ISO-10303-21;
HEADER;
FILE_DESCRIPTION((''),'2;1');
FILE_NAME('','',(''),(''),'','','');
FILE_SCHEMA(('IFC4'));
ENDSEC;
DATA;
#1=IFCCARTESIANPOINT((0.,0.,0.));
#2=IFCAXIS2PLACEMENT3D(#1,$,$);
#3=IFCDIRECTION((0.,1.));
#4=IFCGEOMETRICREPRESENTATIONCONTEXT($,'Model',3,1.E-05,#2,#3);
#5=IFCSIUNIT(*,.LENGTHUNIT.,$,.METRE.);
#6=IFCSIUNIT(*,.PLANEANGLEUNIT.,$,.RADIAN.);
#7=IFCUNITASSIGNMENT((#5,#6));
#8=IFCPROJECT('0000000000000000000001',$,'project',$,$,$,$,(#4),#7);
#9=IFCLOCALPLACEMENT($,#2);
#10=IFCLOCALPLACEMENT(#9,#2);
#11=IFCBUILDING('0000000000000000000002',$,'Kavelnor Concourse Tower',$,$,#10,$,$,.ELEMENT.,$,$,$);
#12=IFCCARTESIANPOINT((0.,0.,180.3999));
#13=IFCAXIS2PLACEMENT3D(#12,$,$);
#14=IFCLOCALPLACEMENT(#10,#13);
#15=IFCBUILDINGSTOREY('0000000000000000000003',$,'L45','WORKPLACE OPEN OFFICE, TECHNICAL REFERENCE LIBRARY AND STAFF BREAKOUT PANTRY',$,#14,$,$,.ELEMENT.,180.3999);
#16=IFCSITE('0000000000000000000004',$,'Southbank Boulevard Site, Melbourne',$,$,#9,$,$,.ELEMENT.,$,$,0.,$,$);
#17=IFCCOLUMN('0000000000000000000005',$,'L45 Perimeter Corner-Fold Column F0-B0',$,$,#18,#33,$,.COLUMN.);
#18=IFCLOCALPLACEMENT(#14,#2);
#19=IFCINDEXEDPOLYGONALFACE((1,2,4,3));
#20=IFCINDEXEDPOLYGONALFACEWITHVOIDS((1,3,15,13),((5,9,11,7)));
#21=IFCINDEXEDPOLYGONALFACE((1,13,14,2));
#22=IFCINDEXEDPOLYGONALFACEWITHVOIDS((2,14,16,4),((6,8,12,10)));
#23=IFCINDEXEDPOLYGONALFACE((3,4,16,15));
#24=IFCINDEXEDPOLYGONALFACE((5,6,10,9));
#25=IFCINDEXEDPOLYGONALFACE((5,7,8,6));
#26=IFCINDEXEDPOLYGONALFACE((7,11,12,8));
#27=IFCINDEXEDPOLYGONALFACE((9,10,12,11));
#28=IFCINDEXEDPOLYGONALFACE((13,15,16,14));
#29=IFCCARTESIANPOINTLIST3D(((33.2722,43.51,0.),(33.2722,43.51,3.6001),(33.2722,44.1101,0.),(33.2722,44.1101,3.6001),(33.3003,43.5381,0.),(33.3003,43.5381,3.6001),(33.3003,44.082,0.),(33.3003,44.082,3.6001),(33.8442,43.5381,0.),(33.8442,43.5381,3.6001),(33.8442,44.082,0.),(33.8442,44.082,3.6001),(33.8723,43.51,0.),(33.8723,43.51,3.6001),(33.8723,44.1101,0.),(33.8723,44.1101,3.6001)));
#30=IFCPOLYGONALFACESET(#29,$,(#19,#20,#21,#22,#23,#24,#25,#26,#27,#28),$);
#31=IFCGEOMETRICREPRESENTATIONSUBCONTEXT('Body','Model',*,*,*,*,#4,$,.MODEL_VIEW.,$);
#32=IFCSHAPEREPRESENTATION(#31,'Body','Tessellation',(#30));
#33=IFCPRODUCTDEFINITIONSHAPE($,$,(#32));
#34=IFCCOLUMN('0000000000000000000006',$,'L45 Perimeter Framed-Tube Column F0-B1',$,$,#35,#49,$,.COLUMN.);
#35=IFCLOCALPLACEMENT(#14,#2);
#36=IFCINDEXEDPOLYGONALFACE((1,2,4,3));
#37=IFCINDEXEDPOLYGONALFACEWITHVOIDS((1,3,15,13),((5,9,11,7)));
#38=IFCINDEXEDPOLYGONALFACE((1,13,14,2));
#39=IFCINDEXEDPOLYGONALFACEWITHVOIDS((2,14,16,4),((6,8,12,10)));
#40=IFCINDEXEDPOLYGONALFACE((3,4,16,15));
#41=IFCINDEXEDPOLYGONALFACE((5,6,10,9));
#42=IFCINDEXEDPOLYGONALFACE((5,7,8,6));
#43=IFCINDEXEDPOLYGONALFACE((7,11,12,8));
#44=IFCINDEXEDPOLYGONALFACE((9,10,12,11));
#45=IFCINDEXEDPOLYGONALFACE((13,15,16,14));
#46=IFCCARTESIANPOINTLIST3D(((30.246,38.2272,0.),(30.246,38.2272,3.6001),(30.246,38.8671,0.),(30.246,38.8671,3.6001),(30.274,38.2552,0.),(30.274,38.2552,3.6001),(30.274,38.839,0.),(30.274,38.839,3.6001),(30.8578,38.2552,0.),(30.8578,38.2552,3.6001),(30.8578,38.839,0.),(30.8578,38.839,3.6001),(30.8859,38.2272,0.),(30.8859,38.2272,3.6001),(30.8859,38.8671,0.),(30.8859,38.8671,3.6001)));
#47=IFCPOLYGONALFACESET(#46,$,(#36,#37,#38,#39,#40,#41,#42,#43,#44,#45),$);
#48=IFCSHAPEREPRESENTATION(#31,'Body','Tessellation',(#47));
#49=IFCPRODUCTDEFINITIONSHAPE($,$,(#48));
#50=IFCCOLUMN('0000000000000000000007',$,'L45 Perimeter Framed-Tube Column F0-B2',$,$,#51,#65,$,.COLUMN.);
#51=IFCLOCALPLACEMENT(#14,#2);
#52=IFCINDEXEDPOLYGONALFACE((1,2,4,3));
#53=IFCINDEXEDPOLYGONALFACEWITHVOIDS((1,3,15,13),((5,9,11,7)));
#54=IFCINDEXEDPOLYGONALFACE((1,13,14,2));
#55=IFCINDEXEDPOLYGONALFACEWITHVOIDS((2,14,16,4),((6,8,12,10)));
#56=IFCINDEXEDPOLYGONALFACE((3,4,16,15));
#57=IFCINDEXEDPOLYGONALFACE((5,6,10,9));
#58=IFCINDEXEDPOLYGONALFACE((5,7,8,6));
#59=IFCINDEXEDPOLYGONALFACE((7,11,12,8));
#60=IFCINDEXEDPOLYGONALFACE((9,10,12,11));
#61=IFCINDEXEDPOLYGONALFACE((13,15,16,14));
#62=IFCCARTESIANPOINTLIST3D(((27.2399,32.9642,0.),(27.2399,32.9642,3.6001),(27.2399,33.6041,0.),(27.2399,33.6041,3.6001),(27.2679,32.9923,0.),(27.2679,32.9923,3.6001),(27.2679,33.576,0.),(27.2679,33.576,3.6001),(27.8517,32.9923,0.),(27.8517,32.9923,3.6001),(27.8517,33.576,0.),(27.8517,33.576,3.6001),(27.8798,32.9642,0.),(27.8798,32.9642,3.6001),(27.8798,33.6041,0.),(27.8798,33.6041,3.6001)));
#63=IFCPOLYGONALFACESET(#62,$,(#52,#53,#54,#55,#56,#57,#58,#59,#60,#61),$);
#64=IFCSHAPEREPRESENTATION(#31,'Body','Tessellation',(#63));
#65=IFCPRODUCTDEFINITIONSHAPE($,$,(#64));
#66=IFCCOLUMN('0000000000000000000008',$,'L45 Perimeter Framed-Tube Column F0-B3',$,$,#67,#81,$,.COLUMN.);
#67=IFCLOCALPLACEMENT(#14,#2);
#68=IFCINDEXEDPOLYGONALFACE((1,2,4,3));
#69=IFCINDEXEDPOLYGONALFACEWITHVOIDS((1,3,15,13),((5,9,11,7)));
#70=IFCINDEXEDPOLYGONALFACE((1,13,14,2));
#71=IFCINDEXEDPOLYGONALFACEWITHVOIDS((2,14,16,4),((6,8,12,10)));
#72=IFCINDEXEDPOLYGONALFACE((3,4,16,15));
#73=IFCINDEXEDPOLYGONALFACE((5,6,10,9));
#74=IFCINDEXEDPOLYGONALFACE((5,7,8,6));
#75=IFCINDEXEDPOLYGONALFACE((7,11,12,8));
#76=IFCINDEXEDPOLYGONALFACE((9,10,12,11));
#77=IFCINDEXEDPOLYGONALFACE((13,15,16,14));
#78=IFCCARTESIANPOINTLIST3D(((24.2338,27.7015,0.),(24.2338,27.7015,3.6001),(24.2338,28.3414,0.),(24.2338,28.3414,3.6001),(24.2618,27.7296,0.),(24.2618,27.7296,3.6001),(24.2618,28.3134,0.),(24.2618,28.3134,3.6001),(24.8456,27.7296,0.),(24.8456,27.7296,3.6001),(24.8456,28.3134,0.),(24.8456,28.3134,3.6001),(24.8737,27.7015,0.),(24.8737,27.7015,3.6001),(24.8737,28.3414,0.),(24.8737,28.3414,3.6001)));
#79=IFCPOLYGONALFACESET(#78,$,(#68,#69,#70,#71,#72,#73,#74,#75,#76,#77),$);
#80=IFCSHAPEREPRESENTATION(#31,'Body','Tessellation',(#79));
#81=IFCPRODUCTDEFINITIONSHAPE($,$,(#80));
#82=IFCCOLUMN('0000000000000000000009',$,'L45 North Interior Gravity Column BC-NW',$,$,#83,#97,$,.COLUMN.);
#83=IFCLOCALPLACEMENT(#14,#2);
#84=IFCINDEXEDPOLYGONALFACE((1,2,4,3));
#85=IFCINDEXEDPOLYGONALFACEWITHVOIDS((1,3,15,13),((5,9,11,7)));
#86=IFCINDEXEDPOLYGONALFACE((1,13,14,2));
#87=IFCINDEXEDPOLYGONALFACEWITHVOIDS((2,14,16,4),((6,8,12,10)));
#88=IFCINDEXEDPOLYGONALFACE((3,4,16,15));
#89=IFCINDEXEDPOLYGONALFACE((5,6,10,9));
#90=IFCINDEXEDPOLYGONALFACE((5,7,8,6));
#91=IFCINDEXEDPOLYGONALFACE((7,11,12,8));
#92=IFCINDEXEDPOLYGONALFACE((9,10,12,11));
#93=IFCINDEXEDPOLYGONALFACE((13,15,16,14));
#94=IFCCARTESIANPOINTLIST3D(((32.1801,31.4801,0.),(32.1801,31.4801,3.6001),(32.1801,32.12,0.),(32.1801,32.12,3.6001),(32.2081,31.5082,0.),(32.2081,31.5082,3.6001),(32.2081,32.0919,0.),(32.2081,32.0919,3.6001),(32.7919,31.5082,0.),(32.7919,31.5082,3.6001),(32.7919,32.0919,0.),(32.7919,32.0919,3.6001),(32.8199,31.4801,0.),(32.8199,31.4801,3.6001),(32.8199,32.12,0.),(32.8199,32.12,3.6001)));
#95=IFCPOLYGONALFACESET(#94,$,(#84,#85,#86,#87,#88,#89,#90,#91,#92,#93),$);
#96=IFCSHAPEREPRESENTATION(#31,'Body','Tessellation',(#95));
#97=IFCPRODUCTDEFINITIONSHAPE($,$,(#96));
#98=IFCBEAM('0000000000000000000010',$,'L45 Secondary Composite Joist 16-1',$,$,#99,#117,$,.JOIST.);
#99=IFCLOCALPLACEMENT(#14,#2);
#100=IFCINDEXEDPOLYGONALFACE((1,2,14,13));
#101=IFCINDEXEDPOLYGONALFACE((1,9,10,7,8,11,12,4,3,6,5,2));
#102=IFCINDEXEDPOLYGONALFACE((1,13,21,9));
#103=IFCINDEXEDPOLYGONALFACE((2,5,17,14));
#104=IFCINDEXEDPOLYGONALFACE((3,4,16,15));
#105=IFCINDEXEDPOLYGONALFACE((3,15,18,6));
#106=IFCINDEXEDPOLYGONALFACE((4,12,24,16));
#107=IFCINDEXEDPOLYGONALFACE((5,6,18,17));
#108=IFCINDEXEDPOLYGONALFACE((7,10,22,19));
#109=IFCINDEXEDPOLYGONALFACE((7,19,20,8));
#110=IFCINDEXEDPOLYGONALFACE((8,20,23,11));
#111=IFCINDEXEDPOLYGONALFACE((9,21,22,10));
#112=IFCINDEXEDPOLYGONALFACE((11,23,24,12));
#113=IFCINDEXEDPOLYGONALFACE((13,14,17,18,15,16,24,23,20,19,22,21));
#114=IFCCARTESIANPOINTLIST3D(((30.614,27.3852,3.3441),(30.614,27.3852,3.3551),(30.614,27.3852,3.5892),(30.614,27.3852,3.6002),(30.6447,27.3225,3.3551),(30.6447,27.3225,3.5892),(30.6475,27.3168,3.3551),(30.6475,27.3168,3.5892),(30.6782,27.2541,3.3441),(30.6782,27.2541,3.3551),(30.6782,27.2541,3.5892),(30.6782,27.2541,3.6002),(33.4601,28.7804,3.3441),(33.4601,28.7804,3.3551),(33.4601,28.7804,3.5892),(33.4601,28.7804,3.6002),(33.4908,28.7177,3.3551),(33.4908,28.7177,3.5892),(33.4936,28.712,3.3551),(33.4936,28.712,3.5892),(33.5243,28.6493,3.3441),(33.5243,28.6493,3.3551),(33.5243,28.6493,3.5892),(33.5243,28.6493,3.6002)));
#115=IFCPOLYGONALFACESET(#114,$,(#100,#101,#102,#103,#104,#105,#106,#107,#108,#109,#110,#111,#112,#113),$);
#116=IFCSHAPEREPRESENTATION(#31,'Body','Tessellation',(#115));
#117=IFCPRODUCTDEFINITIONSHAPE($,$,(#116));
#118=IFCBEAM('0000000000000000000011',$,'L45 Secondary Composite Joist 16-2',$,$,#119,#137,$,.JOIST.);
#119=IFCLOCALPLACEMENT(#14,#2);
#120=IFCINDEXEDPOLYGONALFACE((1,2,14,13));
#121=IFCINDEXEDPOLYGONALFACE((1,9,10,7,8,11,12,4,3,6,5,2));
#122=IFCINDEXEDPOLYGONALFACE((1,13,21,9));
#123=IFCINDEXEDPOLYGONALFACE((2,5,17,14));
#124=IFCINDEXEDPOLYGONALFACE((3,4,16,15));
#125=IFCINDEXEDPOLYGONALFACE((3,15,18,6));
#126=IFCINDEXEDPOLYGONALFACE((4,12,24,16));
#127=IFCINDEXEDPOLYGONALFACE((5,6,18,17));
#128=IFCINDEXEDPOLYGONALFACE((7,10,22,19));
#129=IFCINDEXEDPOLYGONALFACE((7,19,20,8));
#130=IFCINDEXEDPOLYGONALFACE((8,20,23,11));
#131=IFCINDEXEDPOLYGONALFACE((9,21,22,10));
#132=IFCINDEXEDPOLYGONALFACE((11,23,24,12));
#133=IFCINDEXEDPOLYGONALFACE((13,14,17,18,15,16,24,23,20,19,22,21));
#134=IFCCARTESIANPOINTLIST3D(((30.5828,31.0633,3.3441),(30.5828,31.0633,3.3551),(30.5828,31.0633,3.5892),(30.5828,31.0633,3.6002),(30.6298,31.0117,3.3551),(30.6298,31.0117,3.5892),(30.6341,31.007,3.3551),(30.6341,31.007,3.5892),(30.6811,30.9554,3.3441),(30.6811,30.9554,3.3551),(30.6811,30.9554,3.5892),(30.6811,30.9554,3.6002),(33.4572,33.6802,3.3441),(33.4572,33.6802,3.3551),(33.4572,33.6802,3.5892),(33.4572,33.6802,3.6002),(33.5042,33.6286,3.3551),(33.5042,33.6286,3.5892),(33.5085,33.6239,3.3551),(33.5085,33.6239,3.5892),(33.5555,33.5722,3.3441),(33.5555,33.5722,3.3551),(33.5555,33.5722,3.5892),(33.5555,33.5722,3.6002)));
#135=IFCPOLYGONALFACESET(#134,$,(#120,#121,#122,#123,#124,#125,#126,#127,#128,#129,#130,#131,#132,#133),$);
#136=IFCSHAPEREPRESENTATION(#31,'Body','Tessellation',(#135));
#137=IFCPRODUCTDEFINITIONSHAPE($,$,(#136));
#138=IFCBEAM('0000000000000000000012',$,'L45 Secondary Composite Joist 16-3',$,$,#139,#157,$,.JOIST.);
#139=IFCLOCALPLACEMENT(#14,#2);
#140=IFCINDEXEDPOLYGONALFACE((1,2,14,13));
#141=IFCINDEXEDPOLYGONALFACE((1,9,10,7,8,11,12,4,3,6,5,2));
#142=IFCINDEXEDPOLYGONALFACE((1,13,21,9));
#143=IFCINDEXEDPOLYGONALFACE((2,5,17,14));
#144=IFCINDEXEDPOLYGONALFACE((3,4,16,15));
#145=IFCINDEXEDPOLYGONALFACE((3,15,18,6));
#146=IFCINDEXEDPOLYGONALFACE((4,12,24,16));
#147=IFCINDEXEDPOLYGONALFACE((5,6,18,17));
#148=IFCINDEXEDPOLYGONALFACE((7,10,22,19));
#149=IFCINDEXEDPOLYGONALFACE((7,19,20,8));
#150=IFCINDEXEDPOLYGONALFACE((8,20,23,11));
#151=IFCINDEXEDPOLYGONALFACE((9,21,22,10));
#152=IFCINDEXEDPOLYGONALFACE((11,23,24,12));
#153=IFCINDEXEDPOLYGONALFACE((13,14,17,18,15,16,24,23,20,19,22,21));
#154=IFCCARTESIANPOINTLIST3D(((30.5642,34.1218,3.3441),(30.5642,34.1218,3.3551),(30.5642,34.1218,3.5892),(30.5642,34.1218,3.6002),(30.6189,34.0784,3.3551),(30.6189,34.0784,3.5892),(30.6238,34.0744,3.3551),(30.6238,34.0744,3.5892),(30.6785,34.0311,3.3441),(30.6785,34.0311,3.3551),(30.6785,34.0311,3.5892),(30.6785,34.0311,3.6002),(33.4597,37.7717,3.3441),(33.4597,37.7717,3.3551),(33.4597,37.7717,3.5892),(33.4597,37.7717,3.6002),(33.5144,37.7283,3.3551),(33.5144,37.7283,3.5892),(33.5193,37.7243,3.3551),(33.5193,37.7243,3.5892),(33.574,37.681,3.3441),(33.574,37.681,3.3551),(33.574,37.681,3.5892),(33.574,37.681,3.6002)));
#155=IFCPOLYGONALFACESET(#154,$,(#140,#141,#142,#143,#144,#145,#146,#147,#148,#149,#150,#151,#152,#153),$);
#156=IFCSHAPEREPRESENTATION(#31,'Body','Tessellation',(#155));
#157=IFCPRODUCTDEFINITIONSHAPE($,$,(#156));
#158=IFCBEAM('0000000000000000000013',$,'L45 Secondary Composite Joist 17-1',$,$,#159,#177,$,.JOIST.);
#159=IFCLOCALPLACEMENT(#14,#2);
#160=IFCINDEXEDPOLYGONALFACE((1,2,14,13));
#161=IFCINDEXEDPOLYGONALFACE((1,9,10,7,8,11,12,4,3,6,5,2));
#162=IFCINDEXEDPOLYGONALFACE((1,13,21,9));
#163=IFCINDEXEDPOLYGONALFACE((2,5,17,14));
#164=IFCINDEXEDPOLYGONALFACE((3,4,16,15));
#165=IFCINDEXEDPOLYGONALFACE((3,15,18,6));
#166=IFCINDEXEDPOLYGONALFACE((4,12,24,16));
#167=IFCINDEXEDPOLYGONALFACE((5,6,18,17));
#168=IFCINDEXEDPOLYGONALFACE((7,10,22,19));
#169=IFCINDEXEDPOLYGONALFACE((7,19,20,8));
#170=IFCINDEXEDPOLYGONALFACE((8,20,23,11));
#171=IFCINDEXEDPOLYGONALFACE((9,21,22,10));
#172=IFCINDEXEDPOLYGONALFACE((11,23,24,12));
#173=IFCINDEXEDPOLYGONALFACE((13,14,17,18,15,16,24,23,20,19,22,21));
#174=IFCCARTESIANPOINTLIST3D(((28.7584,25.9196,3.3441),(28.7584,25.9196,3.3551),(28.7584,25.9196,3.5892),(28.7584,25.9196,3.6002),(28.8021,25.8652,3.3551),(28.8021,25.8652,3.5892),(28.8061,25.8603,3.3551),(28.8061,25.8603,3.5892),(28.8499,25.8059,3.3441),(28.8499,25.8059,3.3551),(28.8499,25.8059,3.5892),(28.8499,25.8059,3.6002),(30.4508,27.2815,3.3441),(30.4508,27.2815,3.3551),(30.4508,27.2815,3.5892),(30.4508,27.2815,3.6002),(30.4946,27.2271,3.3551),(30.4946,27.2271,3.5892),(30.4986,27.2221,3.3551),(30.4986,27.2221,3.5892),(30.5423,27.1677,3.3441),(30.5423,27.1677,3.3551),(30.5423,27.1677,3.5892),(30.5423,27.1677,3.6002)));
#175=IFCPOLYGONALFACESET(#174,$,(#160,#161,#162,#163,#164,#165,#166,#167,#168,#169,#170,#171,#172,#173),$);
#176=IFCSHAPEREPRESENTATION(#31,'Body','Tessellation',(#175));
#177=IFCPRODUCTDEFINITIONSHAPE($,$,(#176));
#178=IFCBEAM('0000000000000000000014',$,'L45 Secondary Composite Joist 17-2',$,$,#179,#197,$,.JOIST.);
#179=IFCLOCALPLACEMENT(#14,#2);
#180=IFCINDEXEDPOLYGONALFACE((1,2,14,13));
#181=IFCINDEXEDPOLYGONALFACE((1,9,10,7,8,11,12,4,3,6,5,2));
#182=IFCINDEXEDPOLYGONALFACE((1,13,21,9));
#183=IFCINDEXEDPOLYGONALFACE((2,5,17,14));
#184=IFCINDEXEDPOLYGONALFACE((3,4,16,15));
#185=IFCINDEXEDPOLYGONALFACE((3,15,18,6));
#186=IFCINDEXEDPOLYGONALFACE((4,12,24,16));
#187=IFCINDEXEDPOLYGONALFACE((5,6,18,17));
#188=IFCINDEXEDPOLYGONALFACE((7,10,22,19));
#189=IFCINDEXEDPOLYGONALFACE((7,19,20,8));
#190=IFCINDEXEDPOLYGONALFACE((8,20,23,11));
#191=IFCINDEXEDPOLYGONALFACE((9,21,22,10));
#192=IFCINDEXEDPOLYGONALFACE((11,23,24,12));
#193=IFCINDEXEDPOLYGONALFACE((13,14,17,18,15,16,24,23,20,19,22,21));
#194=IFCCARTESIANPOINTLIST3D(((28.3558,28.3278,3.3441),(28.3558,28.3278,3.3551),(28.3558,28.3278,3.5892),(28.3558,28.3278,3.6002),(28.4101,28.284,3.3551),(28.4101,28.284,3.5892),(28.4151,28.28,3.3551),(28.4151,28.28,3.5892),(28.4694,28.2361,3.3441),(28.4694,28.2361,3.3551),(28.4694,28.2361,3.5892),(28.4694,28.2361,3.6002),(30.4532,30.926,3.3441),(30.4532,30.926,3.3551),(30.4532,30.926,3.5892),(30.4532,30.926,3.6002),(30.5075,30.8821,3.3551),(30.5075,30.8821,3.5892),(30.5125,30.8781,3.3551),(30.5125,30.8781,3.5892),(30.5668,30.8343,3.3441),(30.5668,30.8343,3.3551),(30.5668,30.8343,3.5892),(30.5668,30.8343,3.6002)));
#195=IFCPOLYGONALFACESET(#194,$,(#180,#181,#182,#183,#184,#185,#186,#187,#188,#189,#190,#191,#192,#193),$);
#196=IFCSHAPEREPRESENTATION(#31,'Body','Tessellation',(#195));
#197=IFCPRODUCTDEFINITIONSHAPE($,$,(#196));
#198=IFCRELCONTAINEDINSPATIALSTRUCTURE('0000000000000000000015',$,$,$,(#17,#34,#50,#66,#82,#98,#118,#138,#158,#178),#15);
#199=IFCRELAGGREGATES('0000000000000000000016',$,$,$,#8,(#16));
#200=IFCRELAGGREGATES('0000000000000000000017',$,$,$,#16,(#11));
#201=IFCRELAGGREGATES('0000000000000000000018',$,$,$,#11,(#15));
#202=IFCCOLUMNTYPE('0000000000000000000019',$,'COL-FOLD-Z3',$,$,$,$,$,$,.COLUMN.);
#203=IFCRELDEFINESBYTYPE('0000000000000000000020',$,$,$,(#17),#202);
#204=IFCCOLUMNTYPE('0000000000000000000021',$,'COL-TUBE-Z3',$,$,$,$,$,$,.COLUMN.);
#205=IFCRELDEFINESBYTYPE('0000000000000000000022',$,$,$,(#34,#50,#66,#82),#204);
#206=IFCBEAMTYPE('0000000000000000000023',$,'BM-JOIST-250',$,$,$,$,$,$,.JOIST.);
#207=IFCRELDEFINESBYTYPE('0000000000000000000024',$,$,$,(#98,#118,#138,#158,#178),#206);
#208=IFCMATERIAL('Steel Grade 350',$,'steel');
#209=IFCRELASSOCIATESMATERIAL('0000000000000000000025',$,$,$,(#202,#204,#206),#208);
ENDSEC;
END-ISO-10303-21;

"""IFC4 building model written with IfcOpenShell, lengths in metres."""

from ifc_helpers import new_model, si_unit, direction, frame, origin, origin_2d, place, context, subcontext, project, spatial, hollow_rectangle, i_section, extrude, material, material_profile, profile_set, type_object, element, save


model = new_model("IFC4")

# Units and contexts
model_context = context("Model", 3, precision=1e-05, world=origin(), true_north=direction((0.0, 1.0)))
body_context = subcontext(model_context, "Body", "Model", "MODEL_VIEW")
ifc_project = project(units=[si_unit("LENGTHUNIT", "METRE"), si_unit("PLANEANGLEUNIT", "RADIAN")], contexts=[model_context])

# Site, building, storey
site_placement = place(None, origin())
site = spatial("IfcSite", under=ifc_project, at=site_placement, Name="Southbank Boulevard Site, Melbourne", CompositionType="ELEMENT", RefElevation=0.0)
building_placement = place(site_placement, origin())
building = spatial("IfcBuilding", under=site, at=building_placement, Name="Kavelnor Concourse Tower", CompositionType="ELEMENT")
storey_placement = place(building_placement, frame((0.0, 0.0, 180.3999)))
storey = spatial("IfcBuildingStorey", under=building, at=storey_placement, Name="L45", Description="WORKPLACE OPEN OFFICE, TECHNICAL REFERENCE LIBRARY AND STAFF BREAKOUT PANTRY", CompositionType="ELEMENT", Elevation=180.3999)

# Columns
ifc_material_1 = material(Name="Steel Grade 350", Category="steel")
ifc_material_profile_1 = material_profile(ifc_material_1, hollow_rectangle(XDim=0.6001, YDim=0.6001, WallThickness=0.0281, at=origin_2d()), Name="SHS 600x600x28")
ifc_profile_set_1 = profile_set([ifc_material_profile_1], Name="Steel Grade 350")
column_type_1 = type_object("IfcColumnType", Name="COL-FOLD-Z3", PredefinedType="COLUMN", material=ifc_profile_set_1)
column_placement = place(storey_placement, frame((33.5723, 43.8101, 0.0), z_axis=(0.0, 0.0, 1.0), x_axis=(1.0, 0.0, 0.0)))
element("IfcColumn", 1, at=column_placement, inside=storey, type_object=column_type_1, Name="L45 Perimeter Corner-Fold Column F0-B0", PredefinedType="COLUMN", context=body_context, shape_type="SweptSolid", body=[
    extrude(hollow_rectangle(XDim=0.6001, YDim=0.6001, WallThickness=0.0281, at=origin_2d()), origin(), (0.0, 0.0, 1.0), 3.6001),
])
ifc_material_profile_2 = material_profile(ifc_material_1, hollow_rectangle(XDim=0.6399, YDim=0.6399, WallThickness=0.0281, at=origin_2d()), Name="SHS 640x640x28")
ifc_profile_set_2 = profile_set([ifc_material_profile_2], Name="Steel Grade 350")
column_type_2 = type_object("IfcColumnType", Name="COL-TUBE-Z3", PredefinedType="COLUMN", material=ifc_profile_set_2)
for number, where, z_axis, x_axis, name in (
    (2, (30.5659, 38.5471, 0.0), (0.0, 0.0, 1.0), (1.0, 0.0, 0.0), "L45 Perimeter Framed-Tube Column F0-B1"),
    (3, (27.5598, 33.2842, 0.0), (0.0, 0.0, 1.0), (1.0, 0.0, 0.0), "L45 Perimeter Framed-Tube Column F0-B2"),
    (4, (24.5537, 28.0215, 0.0), (0.0, 0.0, 1.0), (1.0, 0.0, 0.0), "L45 Perimeter Framed-Tube Column F0-B3"),
    (5, (32.5, 31.8, 0.0), (0.0, 0.0, 1.0), (1.0, 0.0, 0.0), "L45 North Interior Gravity Column BC-NW"),
):
    element("IfcColumn", number, at=place(storey_placement, frame(where, z_axis=z_axis, x_axis=x_axis)), inside=storey, type_object=column_type_2, Name=name, PredefinedType="COLUMN", context=body_context, shape_type="SweptSolid", body=[
        extrude(hollow_rectangle(XDim=0.6399, YDim=0.6399, WallThickness=0.0281, at=origin_2d()), origin(), (0.0, 0.0, 1.0), 3.6001),
    ])

# Beams
ifc_material_profile_3 = material_profile(ifc_material_1, i_section(OverallWidth=0.146, OverallDepth=0.2561, WebThickness=0.0063, FlangeThickness=0.011, at=origin_2d()), Name="250UB37")
ifc_profile_set_3 = profile_set([ifc_material_profile_3], Name="Steel Grade 350")
beam_type_1 = type_object("IfcBeamType", Name="BM-JOIST-250", PredefinedType="JOIST", material=ifc_profile_set_3)
beam_1_placement = place(storey_placement, frame((33.4922, 28.7148, 3.4722), z_axis=(-0.897912, -0.440175, 0.0), x_axis=(0.440175, -0.897912, 0.0)))
element("IfcBeam", 6, at=beam_1_placement, inside=storey, type_object=beam_type_1, Name="L45 Secondary Composite Joist 16-1", PredefinedType="JOIST", context=body_context, shape_type="SweptSolid", body=[
    extrude(i_section(OverallWidth=0.146, OverallDepth=0.2561, WebThickness=0.0063, FlangeThickness=0.011, at=origin_2d()), origin(), (0.0, 0.0, 1.0), 3.1697),
])
beam_2_placement = place(storey_placement, frame((33.5063, 33.6262, 3.4722), z_axis=(-0.73946, -0.673201, 0.0), x_axis=(0.673201, -0.73946, 0.0)))
element("IfcBeam", 7, at=beam_2_placement, inside=storey, type_object=beam_type_1, Name="L45 Secondary Composite Joist 16-2", PredefinedType="JOIST", context=body_context, shape_type="SweptSolid", body=[
    extrude(i_section(OverallWidth=0.146, OverallDepth=0.2561, WebThickness=0.0063, FlangeThickness=0.011, at=origin_2d()), origin(), (0.0, 0.0, 1.0), 3.8872),
])
beam_3_placement = place(storey_placement, frame((33.5168, 37.7263, 3.4722), z_axis=(-0.621495, -0.783418, 0.0), x_axis=(0.783418, -0.621495, 0.0)))
element("IfcBeam", 8, at=beam_3_placement, inside=storey, type_object=beam_type_1, Name="L45 Secondary Composite Joist 16-3", PredefinedType="JOIST", context=body_context, shape_type="SweptSolid", body=[
    extrude(i_section(OverallWidth=0.146, OverallDepth=0.2561, WebThickness=0.0063, FlangeThickness=0.011, at=origin_2d()), origin(), (0.0, 0.0, 1.0), 4.6589),
])
beam_4_placement = place(storey_placement, frame((30.4966, 27.2246, 3.4722), z_axis=(-0.779089, -0.626913, 0.0), x_axis=(0.626913, -0.779089, 0.0)))
element("IfcBeam", 9, at=beam_4_placement, inside=storey, type_object=beam_type_1, Name="L45 Secondary Composite Joist 17-1", PredefinedType="JOIST", context=body_context, shape_type="SweptSolid", body=[
    extrude(i_section(OverallWidth=0.146, OverallDepth=0.2561, WebThickness=0.0063, FlangeThickness=0.011, at=origin_2d()), origin(), (0.0, 0.0, 1.0), 2.1724),
])
beam_5_placement = place(storey_placement, frame((30.51, 30.8801, 3.4722), z_axis=(-0.62814, -0.778101, 0.0), x_axis=(0.778101, -0.62814, 0.0)))
element("IfcBeam", 10, at=beam_5_placement, inside=storey, type_object=beam_type_1, Name="L45 Secondary Composite Joist 17-2", PredefinedType="JOIST", context=body_context, shape_type="SweptSolid", body=[
    extrude(i_section(OverallWidth=0.146, OverallDepth=0.2561, WebThickness=0.0063, FlangeThickness=0.011, at=origin_2d()), origin(), (0.0, 0.0, 1.0), 3.3391),
])

save(model, "model.ifc")
